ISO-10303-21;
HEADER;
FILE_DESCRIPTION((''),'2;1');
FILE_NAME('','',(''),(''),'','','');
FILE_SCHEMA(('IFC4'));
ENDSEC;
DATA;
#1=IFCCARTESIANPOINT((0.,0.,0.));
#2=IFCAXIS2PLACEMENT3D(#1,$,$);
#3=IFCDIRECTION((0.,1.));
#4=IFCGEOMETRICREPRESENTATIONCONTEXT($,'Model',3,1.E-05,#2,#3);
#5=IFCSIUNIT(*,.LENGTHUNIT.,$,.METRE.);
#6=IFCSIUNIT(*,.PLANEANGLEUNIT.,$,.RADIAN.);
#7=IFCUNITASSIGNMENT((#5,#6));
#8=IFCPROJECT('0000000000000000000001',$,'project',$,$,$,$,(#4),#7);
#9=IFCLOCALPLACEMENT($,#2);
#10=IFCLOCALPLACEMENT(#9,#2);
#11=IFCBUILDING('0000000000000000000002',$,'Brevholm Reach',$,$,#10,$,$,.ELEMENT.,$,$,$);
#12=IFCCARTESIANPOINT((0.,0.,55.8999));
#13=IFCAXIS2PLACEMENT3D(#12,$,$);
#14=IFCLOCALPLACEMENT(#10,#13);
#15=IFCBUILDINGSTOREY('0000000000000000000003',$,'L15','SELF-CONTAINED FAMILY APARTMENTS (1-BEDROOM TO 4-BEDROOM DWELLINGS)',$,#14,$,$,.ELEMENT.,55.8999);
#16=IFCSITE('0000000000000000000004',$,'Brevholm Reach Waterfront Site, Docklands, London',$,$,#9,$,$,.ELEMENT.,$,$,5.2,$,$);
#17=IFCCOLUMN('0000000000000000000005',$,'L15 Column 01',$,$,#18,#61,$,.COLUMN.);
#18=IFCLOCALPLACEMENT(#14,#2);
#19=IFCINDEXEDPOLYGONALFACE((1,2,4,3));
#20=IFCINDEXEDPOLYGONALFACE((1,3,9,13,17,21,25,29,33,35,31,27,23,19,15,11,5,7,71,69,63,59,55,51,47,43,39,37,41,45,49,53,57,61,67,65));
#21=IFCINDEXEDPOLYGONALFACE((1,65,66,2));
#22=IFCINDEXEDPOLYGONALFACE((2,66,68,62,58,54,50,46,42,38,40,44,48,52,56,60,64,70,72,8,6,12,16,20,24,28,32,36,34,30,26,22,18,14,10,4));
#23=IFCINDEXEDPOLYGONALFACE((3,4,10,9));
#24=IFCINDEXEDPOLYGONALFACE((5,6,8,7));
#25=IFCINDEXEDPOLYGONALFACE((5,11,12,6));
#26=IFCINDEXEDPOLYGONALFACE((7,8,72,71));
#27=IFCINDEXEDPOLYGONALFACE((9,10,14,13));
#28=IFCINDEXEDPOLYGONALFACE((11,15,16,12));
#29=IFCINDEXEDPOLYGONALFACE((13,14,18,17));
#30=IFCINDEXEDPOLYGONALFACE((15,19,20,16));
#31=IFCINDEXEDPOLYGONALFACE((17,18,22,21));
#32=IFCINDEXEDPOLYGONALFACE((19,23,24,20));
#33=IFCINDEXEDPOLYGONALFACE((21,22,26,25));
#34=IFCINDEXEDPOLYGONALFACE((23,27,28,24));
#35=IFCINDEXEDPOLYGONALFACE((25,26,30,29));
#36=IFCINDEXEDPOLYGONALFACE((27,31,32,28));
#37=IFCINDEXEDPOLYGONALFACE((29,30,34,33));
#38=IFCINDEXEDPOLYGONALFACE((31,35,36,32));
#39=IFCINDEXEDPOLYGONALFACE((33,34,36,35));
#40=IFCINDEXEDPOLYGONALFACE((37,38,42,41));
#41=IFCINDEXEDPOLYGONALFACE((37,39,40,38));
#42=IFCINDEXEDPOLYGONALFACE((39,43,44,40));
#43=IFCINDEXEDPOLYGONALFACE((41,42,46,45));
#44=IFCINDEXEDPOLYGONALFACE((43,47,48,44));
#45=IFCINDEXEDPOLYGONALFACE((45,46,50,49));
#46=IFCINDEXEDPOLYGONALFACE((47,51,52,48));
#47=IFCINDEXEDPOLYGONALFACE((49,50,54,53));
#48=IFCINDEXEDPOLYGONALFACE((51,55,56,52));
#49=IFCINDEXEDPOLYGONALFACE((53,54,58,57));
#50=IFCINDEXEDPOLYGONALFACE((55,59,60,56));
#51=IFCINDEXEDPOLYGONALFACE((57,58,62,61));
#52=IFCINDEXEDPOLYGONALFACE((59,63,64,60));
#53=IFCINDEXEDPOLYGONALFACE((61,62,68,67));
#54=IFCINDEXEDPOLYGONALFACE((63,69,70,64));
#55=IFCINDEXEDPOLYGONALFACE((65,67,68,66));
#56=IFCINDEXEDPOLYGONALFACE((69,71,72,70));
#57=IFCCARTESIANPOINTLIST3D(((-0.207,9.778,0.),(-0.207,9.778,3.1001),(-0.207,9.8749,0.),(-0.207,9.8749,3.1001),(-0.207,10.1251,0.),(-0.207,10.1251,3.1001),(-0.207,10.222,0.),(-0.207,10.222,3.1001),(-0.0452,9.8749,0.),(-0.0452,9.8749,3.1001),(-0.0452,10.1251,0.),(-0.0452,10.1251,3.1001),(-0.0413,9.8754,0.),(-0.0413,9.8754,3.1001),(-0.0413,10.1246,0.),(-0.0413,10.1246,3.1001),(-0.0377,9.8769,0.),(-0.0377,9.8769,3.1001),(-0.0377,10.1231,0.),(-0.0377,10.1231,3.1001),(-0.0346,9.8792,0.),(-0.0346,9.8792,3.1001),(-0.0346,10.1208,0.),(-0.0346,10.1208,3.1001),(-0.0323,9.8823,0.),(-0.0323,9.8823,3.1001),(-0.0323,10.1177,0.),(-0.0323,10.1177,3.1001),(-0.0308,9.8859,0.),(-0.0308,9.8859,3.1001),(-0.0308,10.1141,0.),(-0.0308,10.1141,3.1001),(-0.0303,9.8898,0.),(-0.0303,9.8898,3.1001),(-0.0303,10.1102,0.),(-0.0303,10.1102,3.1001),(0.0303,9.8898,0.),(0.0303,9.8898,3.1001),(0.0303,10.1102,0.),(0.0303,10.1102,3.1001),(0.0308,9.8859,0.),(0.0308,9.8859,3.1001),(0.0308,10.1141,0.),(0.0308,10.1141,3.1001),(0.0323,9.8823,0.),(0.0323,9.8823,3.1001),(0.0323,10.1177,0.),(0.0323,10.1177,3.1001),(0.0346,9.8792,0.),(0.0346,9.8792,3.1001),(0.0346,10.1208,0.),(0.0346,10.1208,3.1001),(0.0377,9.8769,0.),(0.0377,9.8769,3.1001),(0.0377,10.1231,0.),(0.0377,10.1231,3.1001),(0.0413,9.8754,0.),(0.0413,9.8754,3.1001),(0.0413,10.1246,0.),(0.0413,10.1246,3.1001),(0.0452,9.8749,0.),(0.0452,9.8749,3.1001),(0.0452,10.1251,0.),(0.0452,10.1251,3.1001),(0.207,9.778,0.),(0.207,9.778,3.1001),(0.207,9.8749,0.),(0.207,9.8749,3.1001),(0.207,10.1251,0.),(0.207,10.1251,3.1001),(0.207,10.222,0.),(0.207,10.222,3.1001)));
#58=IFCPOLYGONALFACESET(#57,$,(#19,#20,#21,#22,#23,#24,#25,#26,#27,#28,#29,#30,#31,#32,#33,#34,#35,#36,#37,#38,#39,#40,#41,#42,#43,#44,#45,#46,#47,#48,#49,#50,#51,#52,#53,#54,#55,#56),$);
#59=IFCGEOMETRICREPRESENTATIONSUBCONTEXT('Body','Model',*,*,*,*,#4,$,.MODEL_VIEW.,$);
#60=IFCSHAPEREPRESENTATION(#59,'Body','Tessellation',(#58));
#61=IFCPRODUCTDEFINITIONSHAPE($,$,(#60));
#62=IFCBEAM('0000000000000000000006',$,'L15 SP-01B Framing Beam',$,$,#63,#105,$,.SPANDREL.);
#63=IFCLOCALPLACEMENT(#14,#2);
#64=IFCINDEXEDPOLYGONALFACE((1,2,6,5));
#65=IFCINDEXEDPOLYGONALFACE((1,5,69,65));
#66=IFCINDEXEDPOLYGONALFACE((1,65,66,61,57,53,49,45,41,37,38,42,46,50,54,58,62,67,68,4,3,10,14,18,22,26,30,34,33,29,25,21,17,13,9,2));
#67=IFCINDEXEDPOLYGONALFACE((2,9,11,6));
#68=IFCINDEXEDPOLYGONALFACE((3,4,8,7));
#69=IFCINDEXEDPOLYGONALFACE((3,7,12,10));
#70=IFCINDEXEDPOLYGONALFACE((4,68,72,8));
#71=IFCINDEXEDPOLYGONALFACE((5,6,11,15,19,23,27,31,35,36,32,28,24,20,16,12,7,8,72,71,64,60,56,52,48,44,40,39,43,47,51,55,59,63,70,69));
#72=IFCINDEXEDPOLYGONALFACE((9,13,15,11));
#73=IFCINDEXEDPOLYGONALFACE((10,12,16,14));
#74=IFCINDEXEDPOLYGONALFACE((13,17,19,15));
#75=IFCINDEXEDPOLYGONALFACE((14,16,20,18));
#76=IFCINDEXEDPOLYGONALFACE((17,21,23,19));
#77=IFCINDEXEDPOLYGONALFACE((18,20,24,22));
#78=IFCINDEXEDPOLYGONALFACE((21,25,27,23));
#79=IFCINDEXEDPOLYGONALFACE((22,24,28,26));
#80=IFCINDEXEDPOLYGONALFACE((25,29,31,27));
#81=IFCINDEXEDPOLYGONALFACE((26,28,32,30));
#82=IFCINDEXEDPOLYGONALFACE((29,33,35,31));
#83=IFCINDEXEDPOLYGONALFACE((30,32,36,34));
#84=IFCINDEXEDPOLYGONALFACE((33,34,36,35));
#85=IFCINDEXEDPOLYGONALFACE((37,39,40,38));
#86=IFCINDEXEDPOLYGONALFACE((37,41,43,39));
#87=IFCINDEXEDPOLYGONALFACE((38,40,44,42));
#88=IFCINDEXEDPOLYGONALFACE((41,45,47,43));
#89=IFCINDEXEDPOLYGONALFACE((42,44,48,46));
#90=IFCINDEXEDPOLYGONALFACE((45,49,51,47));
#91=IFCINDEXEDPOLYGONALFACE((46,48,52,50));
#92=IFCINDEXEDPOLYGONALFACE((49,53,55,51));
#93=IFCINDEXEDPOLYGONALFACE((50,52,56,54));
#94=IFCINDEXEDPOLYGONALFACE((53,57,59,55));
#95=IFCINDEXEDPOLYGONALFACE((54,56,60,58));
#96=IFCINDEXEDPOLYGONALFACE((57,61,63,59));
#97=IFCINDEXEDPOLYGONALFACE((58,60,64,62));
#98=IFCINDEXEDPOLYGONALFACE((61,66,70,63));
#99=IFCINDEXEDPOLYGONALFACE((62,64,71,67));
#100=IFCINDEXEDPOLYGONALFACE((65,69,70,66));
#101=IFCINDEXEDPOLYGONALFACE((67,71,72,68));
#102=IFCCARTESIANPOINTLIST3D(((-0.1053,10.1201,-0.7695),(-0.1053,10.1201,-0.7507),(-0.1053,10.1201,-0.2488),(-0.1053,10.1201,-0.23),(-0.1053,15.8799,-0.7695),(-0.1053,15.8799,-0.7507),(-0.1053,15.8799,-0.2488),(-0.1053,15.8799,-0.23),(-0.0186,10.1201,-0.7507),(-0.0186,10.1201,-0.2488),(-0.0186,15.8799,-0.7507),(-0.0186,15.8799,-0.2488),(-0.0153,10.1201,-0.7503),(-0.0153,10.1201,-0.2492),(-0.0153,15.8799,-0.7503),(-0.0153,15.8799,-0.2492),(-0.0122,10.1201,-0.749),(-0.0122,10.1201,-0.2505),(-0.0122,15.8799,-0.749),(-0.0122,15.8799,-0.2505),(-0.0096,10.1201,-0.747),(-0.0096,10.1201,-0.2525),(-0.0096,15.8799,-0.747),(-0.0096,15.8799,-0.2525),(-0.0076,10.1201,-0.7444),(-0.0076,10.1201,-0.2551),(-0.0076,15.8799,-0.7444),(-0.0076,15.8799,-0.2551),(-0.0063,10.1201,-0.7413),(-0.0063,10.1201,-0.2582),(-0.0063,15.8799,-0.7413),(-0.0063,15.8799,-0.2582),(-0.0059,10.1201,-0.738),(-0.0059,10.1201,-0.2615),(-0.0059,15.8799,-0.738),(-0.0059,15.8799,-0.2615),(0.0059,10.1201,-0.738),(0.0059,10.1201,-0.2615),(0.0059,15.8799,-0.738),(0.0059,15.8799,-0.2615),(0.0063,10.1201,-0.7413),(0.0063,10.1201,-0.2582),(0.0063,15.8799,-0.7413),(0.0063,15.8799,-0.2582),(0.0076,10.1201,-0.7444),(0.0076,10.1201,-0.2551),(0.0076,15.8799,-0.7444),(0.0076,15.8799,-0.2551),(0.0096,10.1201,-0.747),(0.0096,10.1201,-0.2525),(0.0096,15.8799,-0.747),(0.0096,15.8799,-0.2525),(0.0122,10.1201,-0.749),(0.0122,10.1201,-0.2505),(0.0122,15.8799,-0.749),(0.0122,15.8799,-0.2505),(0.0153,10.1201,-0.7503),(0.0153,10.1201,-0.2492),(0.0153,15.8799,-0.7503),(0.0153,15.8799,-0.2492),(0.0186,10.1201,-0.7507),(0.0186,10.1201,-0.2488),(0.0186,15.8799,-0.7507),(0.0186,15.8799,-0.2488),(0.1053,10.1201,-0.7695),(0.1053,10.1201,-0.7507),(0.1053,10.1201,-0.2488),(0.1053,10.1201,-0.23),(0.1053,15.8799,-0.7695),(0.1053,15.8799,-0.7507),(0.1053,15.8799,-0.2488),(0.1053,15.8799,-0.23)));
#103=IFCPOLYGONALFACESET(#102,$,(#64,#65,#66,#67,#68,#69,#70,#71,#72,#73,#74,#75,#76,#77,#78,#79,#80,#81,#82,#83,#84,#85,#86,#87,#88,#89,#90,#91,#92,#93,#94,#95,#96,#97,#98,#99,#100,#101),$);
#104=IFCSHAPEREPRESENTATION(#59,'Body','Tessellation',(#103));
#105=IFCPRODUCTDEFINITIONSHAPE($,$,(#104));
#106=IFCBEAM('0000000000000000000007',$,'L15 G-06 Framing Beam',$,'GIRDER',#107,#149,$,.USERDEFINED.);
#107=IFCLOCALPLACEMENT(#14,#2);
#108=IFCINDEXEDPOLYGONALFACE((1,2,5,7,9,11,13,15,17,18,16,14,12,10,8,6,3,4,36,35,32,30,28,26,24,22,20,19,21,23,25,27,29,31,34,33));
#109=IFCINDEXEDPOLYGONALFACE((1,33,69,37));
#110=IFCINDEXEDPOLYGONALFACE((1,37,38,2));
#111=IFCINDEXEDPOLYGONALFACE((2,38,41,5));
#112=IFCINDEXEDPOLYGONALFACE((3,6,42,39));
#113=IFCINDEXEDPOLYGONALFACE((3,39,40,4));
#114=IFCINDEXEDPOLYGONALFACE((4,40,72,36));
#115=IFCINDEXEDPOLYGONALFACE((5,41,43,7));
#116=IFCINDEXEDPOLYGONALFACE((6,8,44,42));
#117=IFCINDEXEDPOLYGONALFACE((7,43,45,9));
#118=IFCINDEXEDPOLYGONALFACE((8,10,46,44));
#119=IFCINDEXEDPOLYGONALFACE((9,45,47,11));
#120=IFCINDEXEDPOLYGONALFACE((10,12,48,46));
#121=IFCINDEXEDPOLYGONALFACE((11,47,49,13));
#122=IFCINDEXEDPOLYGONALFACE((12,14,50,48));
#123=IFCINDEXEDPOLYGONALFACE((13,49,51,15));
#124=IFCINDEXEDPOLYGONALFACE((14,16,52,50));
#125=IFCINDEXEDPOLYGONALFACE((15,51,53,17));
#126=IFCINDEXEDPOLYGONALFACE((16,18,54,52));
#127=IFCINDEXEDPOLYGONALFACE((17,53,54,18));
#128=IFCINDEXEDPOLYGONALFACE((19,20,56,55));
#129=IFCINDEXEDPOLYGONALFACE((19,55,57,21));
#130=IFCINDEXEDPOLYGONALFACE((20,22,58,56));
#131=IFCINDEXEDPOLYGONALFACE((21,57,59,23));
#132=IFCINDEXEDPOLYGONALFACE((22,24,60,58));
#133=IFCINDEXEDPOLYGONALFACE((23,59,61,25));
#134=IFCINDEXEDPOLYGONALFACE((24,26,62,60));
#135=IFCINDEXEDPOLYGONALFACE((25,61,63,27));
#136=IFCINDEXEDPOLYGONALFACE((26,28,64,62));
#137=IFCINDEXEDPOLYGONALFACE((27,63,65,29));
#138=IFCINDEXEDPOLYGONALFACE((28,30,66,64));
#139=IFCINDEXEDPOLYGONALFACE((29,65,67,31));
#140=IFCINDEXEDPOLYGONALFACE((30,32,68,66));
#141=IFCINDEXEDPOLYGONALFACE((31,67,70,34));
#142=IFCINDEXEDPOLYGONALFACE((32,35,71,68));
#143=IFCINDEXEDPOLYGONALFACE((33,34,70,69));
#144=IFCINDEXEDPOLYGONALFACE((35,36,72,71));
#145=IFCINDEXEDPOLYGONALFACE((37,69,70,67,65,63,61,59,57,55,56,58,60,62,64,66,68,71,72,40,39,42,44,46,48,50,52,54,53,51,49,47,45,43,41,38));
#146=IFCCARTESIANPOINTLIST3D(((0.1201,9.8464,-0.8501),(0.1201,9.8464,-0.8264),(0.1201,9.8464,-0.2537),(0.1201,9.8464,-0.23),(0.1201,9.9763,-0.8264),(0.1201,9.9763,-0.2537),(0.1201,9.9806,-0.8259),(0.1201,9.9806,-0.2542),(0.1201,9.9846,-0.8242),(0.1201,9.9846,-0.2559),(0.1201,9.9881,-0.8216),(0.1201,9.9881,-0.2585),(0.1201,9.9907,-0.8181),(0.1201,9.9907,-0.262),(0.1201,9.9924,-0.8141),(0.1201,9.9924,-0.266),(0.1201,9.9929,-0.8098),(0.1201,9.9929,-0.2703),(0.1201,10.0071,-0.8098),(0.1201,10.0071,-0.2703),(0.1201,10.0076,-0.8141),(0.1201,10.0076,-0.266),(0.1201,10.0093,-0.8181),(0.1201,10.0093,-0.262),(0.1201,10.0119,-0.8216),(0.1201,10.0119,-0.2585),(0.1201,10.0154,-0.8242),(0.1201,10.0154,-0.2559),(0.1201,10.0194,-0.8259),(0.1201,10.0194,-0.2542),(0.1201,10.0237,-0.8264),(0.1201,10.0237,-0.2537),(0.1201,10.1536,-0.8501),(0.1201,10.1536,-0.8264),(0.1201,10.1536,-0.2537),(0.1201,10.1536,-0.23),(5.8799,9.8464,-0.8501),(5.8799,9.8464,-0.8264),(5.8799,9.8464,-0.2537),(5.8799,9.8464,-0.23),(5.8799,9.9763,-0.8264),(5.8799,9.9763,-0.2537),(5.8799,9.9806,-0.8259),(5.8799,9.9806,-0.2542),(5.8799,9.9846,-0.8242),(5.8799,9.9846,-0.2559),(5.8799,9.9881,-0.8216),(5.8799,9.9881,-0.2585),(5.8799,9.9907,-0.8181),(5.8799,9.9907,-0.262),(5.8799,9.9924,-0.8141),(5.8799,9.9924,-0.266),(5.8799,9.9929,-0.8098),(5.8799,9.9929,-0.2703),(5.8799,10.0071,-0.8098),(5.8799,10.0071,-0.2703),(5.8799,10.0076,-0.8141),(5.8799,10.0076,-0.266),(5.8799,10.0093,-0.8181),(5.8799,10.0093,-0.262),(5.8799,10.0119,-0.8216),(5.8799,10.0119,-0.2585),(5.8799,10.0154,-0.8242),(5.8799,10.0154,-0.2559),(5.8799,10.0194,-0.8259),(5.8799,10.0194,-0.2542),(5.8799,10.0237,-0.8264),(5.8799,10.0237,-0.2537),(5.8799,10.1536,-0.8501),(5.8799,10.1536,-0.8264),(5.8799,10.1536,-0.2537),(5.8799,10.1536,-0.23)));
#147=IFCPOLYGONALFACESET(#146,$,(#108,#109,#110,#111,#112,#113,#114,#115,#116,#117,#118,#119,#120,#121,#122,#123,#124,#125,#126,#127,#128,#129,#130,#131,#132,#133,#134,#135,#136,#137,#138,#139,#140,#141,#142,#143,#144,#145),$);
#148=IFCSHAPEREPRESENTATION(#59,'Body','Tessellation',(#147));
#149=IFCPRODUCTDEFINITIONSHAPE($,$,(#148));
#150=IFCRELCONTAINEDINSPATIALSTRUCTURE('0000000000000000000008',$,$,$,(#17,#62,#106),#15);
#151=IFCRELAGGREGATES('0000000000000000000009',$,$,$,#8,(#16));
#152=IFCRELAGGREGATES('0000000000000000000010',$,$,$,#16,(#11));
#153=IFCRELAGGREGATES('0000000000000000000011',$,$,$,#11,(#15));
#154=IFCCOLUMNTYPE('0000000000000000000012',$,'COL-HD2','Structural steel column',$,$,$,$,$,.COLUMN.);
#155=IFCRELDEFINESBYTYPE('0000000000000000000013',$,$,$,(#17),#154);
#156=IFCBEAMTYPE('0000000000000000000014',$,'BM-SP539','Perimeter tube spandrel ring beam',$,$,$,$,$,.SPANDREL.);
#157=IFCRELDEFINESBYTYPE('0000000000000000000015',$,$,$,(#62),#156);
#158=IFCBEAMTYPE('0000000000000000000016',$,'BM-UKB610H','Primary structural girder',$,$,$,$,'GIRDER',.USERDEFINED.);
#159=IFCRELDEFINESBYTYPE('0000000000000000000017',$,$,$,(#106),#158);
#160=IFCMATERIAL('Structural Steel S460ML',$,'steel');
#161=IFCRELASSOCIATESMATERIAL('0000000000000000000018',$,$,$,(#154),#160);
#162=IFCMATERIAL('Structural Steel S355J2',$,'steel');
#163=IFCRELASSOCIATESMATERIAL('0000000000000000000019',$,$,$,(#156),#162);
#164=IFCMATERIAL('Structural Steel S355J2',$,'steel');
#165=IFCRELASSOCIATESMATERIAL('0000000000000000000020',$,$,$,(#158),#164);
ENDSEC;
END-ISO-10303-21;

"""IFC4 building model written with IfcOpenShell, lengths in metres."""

from ifc_helpers import new_model, si_unit, direction, frame, origin, origin_2d, place, context, subcontext, project, spatial, i_section, extrude, material, material_profile, profile_set, type_object, element, save


model = new_model("IFC4")

# Units and contexts
model_context = context("Model", 3, precision=1e-05, world=origin(), true_north=direction((0.0, 1.0)))
body_context = subcontext(model_context, "Body", "Model", "MODEL_VIEW")
ifc_project = project(units=[si_unit("LENGTHUNIT", "METRE"), si_unit("PLANEANGLEUNIT", "RADIAN")], contexts=[model_context])

# Site, building, storey
site_placement = place(None, origin())
site = spatial("IfcSite", under=ifc_project, at=site_placement, Name="Brevholm Reach Waterfront Site, Docklands, London", CompositionType="ELEMENT", RefElevation=5.2)
building_placement = place(site_placement, origin())
building = spatial("IfcBuilding", under=site, at=building_placement, Name="Brevholm Reach", CompositionType="ELEMENT")
storey_placement = place(building_placement, frame((0.0, 0.0, 55.8999)))
storey = spatial("IfcBuildingStorey", under=building, at=storey_placement, Name="L15", Description="SELF-CONTAINED FAMILY APARTMENTS (1-BEDROOM TO 4-BEDROOM DWELLINGS)", CompositionType="ELEMENT", Elevation=55.8999)

# Column
ifc_material_1 = material(Name="Structural Steel S460ML", Category="steel")
ifc_material_profile_1 = material_profile(ifc_material_1, i_section(OverallWidth=0.4141, OverallDepth=0.4441, WebThickness=0.0605, FlangeThickness=0.0969, FilletRadius=0.0149, at=origin_2d()), Name="HD 400x818")
ifc_profile_set_1 = profile_set([ifc_material_profile_1], Name="Structural Steel S460ML")
column_type = type_object("IfcColumnType", Name="COL-HD2", Description="Structural steel column", PredefinedType="COLUMN", material=ifc_profile_set_1)
column_placement = place(storey_placement, frame((0.0, 10.0, 0.0), z_axis=(0.0, 0.0, 1.0), x_axis=(1.0, 0.0, 0.0)))
element("IfcColumn", 1, at=column_placement, inside=storey, type_object=column_type, Name="L15 Column 01", PredefinedType="COLUMN", context=body_context, shape_type="SweptSolid", body=[
    extrude(i_section(OverallWidth=0.4141, OverallDepth=0.4441, WebThickness=0.0605, FlangeThickness=0.0969, FilletRadius=0.0149, at=origin_2d()), origin(), (0.0, 0.0, 1.0), 3.1001),
])

# Beams
ifc_material_2 = material(Name="Structural Steel S355J2", Category="steel")
ifc_material_profile_2 = material_profile(ifc_material_2, i_section(OverallWidth=0.2107, OverallDepth=0.5396, WebThickness=0.0117, FlangeThickness=0.0188, FilletRadius=0.0127, at=origin_2d()), Name="UKB 533x210x109")
ifc_profile_set_2 = profile_set([ifc_material_profile_2], Name="Structural Steel S355J2")
beam_type_1 = type_object("IfcBeamType", Name="BM-SP539", Description="Perimeter tube spandrel ring beam", PredefinedType="SPANDREL", material=ifc_profile_set_2)
beam_1_placement = place(storey_placement, frame((0.0, 10.1201, -0.4998), z_axis=(0.0, 1.0, 0.0), x_axis=(-1.0, 0.0, 0.0)))
element("IfcBeam", 2, at=beam_1_placement, inside=storey, type_object=beam_type_1, Name="L15 SP-01B Framing Beam", PredefinedType="SPANDREL", context=body_context, shape_type="SweptSolid", body=[
    extrude(i_section(OverallWidth=0.2107, OverallDepth=0.5396, WebThickness=0.0117, FlangeThickness=0.0188, FilletRadius=0.0127, at=origin_2d()), origin(), (0.0, 0.0, 1.0), 5.7598),
])
ifc_material_3 = material(Name="Structural Steel S355J2", Category="steel")
ifc_material_profile_3 = material_profile(ifc_material_3, i_section(OverallWidth=0.3071, OverallDepth=0.6201, WebThickness=0.0142, FlangeThickness=0.0237, FilletRadius=0.0166, at=origin_2d()), Name="UKB 610x305x179")
ifc_profile_set_3 = profile_set([ifc_material_profile_3], Name="Structural Steel S355J2")
beam_type_2 = type_object("IfcBeamType", Name="BM-UKB610H", Description="Primary structural girder", ElementType="GIRDER", PredefinedType="USERDEFINED", material=ifc_profile_set_3)
beam_2_placement = place(storey_placement, frame((0.1201, 10.0, -0.54), z_axis=(1.0, 0.0, 0.0), x_axis=(0.0, 1.0, 0.0)))
element("IfcBeam", 3, at=beam_2_placement, inside=storey, type_object=beam_type_2, Name="L15 G-06 Framing Beam", ObjectType="GIRDER", PredefinedType="USERDEFINED", context=body_context, shape_type="SweptSolid", body=[
    extrude(i_section(OverallWidth=0.3071, OverallDepth=0.6201, WebThickness=0.0142, FlangeThickness=0.0237, FilletRadius=0.0166, at=origin_2d()), origin(), (0.0, 0.0, 1.0), 5.7598),
])

save(model, "model.ifc")
